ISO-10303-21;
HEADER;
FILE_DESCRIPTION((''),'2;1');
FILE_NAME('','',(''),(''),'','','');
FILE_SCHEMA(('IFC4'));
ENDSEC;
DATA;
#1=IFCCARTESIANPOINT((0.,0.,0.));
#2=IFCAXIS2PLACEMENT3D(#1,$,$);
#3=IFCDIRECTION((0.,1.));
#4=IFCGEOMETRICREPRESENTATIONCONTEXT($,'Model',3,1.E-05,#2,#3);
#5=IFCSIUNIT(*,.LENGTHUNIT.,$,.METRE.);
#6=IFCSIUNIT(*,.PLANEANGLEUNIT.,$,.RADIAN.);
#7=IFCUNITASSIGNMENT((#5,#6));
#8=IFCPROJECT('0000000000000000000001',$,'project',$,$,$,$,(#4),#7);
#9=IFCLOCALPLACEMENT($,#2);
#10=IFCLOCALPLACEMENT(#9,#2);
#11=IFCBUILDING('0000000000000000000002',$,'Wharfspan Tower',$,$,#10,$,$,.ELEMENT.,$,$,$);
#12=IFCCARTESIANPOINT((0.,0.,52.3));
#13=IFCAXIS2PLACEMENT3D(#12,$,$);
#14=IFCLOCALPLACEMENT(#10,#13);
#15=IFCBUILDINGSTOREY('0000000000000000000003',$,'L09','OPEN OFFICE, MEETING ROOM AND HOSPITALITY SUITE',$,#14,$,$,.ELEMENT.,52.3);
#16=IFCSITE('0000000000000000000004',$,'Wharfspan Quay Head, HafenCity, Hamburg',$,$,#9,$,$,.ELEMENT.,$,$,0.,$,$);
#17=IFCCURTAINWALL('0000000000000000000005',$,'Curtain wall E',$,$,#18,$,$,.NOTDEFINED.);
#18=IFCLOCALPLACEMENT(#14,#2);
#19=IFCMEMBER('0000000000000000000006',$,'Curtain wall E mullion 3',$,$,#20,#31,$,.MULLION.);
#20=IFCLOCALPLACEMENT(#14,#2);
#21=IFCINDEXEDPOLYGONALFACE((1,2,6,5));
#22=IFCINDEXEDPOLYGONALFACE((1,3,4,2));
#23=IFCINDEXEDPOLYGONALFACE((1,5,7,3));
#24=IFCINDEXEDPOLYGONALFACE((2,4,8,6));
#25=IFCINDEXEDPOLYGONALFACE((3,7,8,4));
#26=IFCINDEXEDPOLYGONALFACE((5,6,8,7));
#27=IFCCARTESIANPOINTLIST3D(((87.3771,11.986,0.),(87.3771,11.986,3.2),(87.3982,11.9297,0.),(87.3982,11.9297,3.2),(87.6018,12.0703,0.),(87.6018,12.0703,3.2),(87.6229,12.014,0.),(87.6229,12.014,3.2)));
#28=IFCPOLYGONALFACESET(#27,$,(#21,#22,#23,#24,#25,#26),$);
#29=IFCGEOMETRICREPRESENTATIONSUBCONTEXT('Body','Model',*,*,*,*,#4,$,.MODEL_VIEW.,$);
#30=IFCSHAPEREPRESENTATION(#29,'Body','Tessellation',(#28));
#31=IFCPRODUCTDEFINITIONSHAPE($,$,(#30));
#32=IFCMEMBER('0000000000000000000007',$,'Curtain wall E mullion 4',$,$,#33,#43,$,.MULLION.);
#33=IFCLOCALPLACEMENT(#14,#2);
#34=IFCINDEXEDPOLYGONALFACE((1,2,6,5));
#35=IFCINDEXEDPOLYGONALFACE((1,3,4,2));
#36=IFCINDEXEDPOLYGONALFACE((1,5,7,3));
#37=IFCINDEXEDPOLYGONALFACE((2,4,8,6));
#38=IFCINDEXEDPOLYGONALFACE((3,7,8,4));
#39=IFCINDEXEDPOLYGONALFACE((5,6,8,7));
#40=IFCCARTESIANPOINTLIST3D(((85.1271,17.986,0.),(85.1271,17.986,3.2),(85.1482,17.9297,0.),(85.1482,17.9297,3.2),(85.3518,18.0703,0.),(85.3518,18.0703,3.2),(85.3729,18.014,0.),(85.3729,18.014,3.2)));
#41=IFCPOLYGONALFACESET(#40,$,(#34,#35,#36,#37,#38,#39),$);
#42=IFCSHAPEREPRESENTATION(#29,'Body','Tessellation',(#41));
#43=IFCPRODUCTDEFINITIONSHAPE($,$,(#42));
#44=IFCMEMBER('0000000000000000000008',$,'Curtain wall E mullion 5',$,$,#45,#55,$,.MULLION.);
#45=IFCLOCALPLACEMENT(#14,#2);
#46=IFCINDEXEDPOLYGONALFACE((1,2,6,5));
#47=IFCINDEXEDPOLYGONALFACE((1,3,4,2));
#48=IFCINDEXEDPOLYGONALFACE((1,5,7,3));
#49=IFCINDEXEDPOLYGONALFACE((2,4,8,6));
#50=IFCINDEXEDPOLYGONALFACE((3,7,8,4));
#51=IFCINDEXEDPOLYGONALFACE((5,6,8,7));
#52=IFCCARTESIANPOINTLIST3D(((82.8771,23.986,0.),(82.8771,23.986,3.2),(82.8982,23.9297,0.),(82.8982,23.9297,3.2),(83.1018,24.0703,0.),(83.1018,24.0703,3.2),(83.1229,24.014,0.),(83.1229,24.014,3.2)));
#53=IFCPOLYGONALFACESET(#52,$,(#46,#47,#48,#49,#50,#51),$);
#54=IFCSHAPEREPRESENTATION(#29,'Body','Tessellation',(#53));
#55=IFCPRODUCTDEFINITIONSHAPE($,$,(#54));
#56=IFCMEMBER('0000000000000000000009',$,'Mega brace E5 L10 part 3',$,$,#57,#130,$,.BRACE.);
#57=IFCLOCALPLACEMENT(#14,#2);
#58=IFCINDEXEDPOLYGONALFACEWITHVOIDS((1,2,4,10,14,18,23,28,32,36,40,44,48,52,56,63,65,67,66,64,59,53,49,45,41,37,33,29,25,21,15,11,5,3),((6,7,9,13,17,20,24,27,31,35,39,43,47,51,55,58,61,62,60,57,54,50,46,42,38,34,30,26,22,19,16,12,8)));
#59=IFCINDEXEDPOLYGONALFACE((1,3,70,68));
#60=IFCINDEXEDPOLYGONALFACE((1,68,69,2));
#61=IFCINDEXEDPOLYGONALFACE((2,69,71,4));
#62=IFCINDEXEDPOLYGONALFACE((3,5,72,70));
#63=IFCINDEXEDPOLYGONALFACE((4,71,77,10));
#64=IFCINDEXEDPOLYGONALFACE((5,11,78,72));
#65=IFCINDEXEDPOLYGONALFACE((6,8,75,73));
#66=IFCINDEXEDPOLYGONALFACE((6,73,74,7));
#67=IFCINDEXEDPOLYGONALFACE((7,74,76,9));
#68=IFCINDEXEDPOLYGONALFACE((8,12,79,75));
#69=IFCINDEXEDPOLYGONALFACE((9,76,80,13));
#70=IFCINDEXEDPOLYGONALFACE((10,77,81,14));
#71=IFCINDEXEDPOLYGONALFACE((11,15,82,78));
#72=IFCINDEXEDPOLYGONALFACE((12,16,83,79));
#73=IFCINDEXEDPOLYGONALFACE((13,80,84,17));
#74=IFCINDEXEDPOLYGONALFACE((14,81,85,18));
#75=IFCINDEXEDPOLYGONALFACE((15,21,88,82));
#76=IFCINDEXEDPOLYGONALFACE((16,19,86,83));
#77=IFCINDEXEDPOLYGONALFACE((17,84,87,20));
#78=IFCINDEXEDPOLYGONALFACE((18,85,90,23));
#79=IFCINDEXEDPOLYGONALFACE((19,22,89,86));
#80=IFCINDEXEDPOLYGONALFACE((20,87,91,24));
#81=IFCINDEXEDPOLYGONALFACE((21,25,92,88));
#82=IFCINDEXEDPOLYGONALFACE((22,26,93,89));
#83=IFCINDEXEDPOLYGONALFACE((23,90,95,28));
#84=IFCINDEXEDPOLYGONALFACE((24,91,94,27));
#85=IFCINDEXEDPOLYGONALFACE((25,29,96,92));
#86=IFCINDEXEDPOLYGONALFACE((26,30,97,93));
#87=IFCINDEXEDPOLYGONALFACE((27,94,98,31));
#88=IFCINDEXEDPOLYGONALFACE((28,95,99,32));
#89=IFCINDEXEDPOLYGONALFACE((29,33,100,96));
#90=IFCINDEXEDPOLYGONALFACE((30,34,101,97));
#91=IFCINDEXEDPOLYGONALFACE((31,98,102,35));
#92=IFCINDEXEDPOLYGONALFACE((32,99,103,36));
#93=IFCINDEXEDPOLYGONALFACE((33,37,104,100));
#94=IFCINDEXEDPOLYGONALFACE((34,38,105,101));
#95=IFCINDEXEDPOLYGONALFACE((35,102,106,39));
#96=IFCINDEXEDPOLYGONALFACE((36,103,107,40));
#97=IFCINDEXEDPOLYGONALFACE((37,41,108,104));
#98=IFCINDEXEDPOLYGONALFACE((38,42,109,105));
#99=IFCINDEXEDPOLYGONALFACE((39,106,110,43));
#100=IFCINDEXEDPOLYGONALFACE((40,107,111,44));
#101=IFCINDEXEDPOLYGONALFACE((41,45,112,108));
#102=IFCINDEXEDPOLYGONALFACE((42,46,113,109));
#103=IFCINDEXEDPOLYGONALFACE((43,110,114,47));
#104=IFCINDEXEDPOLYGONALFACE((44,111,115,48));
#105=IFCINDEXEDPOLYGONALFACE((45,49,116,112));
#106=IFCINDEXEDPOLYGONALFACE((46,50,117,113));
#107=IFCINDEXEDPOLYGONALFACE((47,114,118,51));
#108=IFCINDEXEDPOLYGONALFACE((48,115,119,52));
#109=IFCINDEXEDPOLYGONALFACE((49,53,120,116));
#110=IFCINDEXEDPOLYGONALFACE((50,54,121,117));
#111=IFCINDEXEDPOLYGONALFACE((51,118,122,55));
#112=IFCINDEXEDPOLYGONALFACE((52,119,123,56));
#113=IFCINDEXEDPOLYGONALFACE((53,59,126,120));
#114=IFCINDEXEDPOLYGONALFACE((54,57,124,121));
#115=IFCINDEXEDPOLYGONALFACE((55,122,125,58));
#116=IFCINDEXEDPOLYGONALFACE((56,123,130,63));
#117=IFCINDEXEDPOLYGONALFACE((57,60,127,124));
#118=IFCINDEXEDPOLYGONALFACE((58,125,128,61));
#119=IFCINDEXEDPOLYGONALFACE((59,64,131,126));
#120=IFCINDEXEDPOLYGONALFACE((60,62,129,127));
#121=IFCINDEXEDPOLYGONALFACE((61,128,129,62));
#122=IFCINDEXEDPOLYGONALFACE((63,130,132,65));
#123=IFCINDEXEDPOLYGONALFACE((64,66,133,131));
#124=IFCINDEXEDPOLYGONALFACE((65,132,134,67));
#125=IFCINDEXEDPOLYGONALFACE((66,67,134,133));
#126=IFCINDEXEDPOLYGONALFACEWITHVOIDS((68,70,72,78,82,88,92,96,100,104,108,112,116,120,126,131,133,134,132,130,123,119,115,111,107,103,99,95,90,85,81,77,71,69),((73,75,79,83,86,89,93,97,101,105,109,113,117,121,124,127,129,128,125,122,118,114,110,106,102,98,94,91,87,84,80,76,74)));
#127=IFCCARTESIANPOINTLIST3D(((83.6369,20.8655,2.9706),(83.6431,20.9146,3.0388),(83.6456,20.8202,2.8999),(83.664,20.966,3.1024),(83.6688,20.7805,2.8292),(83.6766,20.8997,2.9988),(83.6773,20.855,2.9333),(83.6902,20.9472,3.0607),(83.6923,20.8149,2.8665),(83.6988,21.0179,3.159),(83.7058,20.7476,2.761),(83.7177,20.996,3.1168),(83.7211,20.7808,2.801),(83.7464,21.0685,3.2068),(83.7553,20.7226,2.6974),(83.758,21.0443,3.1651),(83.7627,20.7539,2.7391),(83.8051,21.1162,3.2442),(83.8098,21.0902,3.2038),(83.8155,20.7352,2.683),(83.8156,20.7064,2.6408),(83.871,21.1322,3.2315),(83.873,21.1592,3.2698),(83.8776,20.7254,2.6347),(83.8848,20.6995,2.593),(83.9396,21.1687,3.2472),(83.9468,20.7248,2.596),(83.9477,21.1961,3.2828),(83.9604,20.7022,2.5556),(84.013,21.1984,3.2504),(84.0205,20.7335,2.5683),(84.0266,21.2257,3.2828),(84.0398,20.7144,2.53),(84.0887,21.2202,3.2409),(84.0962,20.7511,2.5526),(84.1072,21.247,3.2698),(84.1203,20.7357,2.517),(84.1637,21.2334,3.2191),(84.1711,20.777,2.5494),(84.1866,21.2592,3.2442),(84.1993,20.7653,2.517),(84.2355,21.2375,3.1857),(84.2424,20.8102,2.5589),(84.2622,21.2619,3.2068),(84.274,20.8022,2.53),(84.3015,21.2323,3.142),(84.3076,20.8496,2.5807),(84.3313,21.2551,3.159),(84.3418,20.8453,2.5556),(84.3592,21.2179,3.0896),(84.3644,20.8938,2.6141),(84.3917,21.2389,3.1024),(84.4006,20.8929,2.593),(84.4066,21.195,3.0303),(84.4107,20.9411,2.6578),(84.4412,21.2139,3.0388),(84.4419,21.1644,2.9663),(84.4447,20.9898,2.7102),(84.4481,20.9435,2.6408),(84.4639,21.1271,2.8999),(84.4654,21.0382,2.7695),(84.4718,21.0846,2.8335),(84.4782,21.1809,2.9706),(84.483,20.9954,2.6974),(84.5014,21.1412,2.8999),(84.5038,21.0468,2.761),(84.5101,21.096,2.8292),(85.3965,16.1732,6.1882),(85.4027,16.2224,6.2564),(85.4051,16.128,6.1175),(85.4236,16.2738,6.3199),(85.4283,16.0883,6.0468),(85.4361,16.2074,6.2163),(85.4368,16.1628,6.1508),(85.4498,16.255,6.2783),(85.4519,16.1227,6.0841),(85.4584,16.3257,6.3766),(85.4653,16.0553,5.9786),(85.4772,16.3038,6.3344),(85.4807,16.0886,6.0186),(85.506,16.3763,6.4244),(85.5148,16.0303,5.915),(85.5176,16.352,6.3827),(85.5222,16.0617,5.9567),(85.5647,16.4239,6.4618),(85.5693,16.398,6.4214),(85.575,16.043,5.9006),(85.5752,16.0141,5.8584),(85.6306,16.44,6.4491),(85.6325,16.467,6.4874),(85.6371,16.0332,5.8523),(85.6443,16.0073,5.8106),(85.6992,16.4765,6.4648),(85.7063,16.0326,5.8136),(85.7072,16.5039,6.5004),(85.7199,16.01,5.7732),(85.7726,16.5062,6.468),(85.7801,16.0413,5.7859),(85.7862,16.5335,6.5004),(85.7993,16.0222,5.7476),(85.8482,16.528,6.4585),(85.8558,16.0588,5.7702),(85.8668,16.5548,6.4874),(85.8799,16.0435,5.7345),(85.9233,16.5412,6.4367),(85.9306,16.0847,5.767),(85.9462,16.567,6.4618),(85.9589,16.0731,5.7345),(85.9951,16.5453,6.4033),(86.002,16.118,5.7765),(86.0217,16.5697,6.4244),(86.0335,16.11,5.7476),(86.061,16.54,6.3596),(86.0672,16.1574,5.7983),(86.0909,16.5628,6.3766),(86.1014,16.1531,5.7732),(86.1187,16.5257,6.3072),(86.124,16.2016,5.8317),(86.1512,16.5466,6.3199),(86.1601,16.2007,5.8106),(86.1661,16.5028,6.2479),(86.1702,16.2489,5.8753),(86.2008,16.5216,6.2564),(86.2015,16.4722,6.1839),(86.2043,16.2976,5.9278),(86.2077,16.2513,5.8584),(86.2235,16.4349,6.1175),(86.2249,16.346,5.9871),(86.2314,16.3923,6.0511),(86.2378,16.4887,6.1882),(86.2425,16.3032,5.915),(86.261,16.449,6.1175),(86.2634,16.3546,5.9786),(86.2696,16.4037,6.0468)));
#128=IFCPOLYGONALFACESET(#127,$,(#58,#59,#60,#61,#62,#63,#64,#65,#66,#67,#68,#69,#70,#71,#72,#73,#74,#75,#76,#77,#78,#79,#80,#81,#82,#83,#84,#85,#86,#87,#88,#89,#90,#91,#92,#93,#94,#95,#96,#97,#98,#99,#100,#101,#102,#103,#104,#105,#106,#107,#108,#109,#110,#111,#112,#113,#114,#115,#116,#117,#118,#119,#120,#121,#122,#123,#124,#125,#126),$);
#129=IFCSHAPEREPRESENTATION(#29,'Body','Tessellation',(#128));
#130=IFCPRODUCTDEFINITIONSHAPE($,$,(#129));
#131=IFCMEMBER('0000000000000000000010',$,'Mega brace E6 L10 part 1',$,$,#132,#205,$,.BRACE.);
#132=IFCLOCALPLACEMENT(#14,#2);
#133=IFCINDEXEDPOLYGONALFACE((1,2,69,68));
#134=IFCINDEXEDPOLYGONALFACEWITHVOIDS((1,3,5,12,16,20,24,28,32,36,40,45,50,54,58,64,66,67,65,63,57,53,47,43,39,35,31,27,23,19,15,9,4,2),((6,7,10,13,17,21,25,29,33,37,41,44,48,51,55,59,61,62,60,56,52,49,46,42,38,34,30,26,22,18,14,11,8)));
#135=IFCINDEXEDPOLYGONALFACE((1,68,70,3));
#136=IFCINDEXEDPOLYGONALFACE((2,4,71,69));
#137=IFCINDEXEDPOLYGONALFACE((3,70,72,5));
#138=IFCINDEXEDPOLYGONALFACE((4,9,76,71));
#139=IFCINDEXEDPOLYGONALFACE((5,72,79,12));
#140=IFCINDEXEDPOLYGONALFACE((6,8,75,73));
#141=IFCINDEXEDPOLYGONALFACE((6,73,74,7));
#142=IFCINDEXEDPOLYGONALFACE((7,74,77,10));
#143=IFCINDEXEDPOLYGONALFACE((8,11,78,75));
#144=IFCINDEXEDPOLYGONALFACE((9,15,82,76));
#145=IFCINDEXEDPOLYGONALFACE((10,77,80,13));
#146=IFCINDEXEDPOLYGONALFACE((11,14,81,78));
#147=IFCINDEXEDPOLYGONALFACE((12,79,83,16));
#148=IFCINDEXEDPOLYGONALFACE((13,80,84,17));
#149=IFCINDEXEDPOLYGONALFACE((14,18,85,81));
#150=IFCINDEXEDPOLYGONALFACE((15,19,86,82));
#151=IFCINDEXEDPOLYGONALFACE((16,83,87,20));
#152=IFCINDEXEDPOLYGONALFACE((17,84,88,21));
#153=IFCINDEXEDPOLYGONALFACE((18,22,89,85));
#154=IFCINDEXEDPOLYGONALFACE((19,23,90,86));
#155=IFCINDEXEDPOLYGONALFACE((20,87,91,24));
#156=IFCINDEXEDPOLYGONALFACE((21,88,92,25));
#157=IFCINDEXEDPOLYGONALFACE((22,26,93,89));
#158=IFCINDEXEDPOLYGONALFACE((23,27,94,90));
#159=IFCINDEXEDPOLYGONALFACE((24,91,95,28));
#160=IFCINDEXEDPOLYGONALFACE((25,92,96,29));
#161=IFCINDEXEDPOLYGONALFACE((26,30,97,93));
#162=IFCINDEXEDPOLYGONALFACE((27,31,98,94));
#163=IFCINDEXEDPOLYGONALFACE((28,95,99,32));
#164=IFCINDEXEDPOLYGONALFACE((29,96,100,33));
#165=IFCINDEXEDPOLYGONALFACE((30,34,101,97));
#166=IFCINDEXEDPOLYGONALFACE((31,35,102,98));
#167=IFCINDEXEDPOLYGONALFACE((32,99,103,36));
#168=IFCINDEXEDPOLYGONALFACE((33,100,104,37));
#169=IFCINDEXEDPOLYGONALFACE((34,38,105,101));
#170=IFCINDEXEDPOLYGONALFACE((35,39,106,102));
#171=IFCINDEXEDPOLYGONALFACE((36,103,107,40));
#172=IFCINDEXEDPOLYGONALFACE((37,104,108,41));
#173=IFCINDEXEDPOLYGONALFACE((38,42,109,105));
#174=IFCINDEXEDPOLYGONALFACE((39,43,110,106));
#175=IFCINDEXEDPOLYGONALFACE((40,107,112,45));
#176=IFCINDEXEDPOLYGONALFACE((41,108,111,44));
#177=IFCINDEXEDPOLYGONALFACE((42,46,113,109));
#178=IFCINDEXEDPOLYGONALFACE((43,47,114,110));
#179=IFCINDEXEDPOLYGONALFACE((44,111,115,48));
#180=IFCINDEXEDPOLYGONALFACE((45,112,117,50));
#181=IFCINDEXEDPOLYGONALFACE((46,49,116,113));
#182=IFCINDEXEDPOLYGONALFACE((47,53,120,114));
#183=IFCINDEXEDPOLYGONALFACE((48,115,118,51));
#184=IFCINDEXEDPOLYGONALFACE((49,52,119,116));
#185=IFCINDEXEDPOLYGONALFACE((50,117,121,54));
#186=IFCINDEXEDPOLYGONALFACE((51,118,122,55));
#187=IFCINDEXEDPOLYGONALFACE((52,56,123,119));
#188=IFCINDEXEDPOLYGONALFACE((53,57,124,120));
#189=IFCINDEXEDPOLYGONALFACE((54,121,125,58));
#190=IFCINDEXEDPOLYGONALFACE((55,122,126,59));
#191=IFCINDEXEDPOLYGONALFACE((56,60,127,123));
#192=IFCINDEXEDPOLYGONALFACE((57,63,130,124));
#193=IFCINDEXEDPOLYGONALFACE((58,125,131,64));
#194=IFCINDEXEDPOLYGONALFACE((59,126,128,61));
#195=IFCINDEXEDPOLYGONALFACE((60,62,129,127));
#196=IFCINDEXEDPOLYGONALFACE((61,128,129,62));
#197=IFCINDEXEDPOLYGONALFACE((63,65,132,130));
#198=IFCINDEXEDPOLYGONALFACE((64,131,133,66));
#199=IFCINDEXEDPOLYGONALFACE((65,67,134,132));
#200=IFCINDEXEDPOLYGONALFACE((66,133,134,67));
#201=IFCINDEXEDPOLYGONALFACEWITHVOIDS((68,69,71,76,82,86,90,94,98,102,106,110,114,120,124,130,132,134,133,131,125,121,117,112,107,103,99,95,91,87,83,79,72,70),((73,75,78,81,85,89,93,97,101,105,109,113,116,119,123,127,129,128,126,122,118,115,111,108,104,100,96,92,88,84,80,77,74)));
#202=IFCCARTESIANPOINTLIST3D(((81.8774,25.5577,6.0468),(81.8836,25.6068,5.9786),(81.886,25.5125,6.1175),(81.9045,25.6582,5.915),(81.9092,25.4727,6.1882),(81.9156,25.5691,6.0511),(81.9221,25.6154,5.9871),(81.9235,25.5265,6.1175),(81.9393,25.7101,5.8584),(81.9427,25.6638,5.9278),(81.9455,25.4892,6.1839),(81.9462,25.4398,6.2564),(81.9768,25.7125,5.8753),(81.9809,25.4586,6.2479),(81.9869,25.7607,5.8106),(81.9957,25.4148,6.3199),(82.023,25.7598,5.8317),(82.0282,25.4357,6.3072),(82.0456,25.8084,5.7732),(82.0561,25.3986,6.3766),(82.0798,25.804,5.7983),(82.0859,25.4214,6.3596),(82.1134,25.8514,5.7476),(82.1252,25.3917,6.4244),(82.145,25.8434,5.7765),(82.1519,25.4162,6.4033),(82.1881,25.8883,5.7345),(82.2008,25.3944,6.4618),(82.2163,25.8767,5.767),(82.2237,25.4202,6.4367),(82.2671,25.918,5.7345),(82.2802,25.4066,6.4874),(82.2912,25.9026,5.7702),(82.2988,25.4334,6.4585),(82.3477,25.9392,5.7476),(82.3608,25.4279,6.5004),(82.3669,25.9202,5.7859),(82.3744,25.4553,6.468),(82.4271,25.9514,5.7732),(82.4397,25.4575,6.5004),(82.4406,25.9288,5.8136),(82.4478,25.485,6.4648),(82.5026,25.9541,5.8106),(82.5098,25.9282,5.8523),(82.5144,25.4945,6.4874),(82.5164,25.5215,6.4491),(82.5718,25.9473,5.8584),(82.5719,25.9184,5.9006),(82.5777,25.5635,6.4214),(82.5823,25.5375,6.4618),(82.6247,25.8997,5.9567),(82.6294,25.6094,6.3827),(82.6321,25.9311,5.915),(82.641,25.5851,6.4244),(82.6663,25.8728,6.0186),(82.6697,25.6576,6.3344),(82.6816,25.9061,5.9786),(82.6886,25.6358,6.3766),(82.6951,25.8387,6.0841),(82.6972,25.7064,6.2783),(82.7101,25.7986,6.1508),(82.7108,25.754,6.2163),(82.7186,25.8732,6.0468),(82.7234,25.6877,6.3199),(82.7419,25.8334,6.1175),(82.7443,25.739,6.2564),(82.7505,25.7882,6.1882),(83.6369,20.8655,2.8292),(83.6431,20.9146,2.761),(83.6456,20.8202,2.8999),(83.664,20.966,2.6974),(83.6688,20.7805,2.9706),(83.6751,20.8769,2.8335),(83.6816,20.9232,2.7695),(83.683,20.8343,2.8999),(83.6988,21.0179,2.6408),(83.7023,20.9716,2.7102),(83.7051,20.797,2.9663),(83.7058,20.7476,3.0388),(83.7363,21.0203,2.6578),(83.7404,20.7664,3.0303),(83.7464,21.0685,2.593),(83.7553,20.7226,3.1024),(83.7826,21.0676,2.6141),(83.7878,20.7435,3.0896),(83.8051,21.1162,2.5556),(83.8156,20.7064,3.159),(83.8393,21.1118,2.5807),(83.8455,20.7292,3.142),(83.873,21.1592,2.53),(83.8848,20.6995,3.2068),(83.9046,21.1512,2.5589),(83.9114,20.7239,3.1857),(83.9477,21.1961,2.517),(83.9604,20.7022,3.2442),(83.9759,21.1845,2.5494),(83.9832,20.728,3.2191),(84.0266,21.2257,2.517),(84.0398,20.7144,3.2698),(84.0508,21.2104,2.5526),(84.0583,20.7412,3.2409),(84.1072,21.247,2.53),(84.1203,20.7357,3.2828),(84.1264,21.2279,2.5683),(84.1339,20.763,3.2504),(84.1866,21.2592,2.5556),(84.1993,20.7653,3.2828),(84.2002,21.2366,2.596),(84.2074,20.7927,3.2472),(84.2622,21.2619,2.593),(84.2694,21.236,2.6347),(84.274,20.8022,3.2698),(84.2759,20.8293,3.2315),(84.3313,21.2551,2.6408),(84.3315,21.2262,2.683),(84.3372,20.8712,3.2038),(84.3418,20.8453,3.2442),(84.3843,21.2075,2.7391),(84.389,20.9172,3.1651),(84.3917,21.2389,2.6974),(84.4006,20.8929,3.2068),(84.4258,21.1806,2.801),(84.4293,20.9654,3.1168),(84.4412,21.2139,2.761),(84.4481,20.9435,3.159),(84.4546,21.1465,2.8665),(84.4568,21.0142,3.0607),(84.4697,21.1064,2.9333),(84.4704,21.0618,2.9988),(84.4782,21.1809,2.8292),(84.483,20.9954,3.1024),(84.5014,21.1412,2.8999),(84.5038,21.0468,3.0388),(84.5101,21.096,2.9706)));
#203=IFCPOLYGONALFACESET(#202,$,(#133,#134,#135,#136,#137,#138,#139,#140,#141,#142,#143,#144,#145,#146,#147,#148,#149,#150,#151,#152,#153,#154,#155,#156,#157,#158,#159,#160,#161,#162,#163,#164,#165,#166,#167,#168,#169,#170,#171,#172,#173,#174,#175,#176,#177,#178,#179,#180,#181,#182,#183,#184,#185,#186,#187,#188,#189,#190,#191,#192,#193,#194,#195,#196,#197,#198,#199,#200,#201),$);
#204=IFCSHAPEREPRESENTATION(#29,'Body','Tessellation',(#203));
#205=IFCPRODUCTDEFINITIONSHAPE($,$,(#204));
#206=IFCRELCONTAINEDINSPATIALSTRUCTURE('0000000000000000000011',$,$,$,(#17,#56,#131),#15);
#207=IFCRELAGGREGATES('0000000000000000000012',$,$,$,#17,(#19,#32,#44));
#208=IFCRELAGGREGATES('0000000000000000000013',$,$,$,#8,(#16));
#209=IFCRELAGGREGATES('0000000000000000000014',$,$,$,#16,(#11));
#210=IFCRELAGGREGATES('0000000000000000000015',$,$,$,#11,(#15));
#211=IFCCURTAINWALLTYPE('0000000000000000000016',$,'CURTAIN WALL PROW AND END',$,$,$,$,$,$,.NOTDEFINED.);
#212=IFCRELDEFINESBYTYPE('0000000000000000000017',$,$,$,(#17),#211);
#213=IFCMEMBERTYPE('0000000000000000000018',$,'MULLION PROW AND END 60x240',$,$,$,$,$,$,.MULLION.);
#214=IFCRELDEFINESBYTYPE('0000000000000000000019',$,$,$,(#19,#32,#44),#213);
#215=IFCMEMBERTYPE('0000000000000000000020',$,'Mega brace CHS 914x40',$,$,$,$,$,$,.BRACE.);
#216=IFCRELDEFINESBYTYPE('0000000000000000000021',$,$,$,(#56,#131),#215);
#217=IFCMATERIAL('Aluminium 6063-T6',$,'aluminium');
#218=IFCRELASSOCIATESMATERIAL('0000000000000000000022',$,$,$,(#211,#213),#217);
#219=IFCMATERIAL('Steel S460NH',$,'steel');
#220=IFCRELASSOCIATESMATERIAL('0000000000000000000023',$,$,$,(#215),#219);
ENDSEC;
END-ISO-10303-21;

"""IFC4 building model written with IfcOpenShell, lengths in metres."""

from ifc_helpers import new_model, si_unit, direction, frame, origin, origin_2d, place, context, subcontext, project, spatial, rectangle, hollow_circle, extrude, material, material_profile, profile_set, type_object, element, aggregate, save


model = new_model("IFC4")

# Units and contexts
model_context = context("Model", 3, precision=1e-05, world=origin(), true_north=direction((0.0, 1.0)))
body_context = subcontext(model_context, "Body", "Model", "MODEL_VIEW")
ifc_project = project(units=[si_unit("LENGTHUNIT", "METRE"), si_unit("PLANEANGLEUNIT", "RADIAN")], contexts=[model_context])

# Site, building, storey
site_placement = place(None, origin())
site = spatial("IfcSite", under=ifc_project, at=site_placement, Name="Wharfspan Quay Head, HafenCity, Hamburg", CompositionType="ELEMENT", RefElevation=0.0)
building_placement = place(site_placement, origin())
building = spatial("IfcBuilding", under=site, at=building_placement, Name="Wharfspan Tower", CompositionType="ELEMENT")
storey_placement = place(building_placement, frame((0.0, 0.0, 52.3)))
storey = spatial("IfcBuildingStorey", under=building, at=storey_placement, Name="L09", Description="OPEN OFFICE, MEETING ROOM AND HOSPITALITY SUITE", CompositionType="ELEMENT", Elevation=52.3)

# Curtain wall, members
ifc_material_1 = material(Name="Aluminium 6063-T6", Category="aluminium")
curtain_wall_type = type_object("IfcCurtainWallType", Name="CURTAIN WALL PROW AND END", PredefinedType="NOTDEFINED", material=ifc_material_1)
curtain_wall_placement = place(storey_placement, origin())
curtain_wall = element("IfcCurtainWall", 1, at=curtain_wall_placement, inside=storey, type_object=curtain_wall_type, Name="Curtain wall E", PredefinedType="NOTDEFINED")
ifc_material_profile_1 = material_profile(ifc_material_1, rectangle(XDim=0.24, YDim=0.0601, at=origin_2d()))
ifc_profile_set_1 = profile_set([ifc_material_profile_1], Name="Aluminium 6063-T6")
member_type_1 = type_object("IfcMemberType", Name="MULLION PROW AND END 60x240", PredefinedType="MULLION", material=ifc_profile_set_1)
member_1_placement = place(storey_placement, frame((87.5, 12.0, 0.0), z_axis=(0.0, 0.0, 1.0), x_axis=(-0.936328, -0.351123, 0.0)))
member_1 = element("IfcMember", 2, at=member_1_placement, type_object=member_type_1, Name="Curtain wall E mullion 3", PredefinedType="MULLION", context=body_context, shape_type="SweptSolid", body=[
    extrude(rectangle(XDim=0.24, YDim=0.0601, at=origin_2d()), origin(), (0.0, 0.0, 1.0), 3.2),
])
member_2_placement = place(storey_placement, frame((85.25, 18.0, 0.0), z_axis=(0.0, 0.0, 1.0), x_axis=(-0.936328, -0.351123, 0.0)))
member_2 = element("IfcMember", 3, at=member_2_placement, type_object=member_type_1, Name="Curtain wall E mullion 4", PredefinedType="MULLION", context=body_context, shape_type="SweptSolid", body=[
    extrude(rectangle(XDim=0.24, YDim=0.0601, at=origin_2d()), origin(), (0.0, 0.0, 1.0), 3.2),
])
member_3_placement = place(storey_placement, frame((83.0, 24.0, 0.0), z_axis=(0.0, 0.0, 1.0), x_axis=(-0.936328, -0.351123, 0.0)))
member_3 = element("IfcMember", 4, at=member_3_placement, type_object=member_type_1, Name="Curtain wall E mullion 5", PredefinedType="MULLION", context=body_context, shape_type="SweptSolid", body=[
    extrude(rectangle(XDim=0.24, YDim=0.0601, at=origin_2d()), origin(), (0.0, 0.0, 1.0), 3.2),
])

# Members
ifc_material_2 = material(Name="Steel S460NH", Category="steel")
ifc_material_profile_2 = material_profile(ifc_material_2, hollow_circle(Radius=0.457, WallThickness=0.04, at=origin_2d()))
ifc_profile_set_2 = profile_set([ifc_material_profile_2], Name="Steel S460NH")
member_type_2 = type_object("IfcMemberType", Name="Mega brace CHS 914x40", PredefinedType="BRACE", material=ifc_profile_set_2)
for number, where, z_axis, x_axis, name in (
    (5, (84.0735, 20.9807, 2.8999), (0.295459, -0.787904, 0.540288), (0.936328, 0.351115, -0.000003), "Mega brace E5 L10 part 3"),
    (6, (84.0735, 20.9807, 2.8999), (-0.295459, 0.787904, 0.540288), (-0.936328, -0.351115, -0.000003), "Mega brace E6 L10 part 1"),
):
    element("IfcMember", number, at=place(storey_placement, frame(where, z_axis=z_axis, x_axis=x_axis)), inside=storey, type_object=member_type_2, Name=name, PredefinedType="BRACE", context=body_context, shape_type="SweptSolid", body=[
        extrude(hollow_circle(Radius=0.457, WallThickness=0.04, at=origin_2d()), origin(), (0.0, 0.0, 1.0), 5.9553),
    ])

aggregate(curtain_wall, [member_1, member_2, member_3])

save(model, "model.ifc")
